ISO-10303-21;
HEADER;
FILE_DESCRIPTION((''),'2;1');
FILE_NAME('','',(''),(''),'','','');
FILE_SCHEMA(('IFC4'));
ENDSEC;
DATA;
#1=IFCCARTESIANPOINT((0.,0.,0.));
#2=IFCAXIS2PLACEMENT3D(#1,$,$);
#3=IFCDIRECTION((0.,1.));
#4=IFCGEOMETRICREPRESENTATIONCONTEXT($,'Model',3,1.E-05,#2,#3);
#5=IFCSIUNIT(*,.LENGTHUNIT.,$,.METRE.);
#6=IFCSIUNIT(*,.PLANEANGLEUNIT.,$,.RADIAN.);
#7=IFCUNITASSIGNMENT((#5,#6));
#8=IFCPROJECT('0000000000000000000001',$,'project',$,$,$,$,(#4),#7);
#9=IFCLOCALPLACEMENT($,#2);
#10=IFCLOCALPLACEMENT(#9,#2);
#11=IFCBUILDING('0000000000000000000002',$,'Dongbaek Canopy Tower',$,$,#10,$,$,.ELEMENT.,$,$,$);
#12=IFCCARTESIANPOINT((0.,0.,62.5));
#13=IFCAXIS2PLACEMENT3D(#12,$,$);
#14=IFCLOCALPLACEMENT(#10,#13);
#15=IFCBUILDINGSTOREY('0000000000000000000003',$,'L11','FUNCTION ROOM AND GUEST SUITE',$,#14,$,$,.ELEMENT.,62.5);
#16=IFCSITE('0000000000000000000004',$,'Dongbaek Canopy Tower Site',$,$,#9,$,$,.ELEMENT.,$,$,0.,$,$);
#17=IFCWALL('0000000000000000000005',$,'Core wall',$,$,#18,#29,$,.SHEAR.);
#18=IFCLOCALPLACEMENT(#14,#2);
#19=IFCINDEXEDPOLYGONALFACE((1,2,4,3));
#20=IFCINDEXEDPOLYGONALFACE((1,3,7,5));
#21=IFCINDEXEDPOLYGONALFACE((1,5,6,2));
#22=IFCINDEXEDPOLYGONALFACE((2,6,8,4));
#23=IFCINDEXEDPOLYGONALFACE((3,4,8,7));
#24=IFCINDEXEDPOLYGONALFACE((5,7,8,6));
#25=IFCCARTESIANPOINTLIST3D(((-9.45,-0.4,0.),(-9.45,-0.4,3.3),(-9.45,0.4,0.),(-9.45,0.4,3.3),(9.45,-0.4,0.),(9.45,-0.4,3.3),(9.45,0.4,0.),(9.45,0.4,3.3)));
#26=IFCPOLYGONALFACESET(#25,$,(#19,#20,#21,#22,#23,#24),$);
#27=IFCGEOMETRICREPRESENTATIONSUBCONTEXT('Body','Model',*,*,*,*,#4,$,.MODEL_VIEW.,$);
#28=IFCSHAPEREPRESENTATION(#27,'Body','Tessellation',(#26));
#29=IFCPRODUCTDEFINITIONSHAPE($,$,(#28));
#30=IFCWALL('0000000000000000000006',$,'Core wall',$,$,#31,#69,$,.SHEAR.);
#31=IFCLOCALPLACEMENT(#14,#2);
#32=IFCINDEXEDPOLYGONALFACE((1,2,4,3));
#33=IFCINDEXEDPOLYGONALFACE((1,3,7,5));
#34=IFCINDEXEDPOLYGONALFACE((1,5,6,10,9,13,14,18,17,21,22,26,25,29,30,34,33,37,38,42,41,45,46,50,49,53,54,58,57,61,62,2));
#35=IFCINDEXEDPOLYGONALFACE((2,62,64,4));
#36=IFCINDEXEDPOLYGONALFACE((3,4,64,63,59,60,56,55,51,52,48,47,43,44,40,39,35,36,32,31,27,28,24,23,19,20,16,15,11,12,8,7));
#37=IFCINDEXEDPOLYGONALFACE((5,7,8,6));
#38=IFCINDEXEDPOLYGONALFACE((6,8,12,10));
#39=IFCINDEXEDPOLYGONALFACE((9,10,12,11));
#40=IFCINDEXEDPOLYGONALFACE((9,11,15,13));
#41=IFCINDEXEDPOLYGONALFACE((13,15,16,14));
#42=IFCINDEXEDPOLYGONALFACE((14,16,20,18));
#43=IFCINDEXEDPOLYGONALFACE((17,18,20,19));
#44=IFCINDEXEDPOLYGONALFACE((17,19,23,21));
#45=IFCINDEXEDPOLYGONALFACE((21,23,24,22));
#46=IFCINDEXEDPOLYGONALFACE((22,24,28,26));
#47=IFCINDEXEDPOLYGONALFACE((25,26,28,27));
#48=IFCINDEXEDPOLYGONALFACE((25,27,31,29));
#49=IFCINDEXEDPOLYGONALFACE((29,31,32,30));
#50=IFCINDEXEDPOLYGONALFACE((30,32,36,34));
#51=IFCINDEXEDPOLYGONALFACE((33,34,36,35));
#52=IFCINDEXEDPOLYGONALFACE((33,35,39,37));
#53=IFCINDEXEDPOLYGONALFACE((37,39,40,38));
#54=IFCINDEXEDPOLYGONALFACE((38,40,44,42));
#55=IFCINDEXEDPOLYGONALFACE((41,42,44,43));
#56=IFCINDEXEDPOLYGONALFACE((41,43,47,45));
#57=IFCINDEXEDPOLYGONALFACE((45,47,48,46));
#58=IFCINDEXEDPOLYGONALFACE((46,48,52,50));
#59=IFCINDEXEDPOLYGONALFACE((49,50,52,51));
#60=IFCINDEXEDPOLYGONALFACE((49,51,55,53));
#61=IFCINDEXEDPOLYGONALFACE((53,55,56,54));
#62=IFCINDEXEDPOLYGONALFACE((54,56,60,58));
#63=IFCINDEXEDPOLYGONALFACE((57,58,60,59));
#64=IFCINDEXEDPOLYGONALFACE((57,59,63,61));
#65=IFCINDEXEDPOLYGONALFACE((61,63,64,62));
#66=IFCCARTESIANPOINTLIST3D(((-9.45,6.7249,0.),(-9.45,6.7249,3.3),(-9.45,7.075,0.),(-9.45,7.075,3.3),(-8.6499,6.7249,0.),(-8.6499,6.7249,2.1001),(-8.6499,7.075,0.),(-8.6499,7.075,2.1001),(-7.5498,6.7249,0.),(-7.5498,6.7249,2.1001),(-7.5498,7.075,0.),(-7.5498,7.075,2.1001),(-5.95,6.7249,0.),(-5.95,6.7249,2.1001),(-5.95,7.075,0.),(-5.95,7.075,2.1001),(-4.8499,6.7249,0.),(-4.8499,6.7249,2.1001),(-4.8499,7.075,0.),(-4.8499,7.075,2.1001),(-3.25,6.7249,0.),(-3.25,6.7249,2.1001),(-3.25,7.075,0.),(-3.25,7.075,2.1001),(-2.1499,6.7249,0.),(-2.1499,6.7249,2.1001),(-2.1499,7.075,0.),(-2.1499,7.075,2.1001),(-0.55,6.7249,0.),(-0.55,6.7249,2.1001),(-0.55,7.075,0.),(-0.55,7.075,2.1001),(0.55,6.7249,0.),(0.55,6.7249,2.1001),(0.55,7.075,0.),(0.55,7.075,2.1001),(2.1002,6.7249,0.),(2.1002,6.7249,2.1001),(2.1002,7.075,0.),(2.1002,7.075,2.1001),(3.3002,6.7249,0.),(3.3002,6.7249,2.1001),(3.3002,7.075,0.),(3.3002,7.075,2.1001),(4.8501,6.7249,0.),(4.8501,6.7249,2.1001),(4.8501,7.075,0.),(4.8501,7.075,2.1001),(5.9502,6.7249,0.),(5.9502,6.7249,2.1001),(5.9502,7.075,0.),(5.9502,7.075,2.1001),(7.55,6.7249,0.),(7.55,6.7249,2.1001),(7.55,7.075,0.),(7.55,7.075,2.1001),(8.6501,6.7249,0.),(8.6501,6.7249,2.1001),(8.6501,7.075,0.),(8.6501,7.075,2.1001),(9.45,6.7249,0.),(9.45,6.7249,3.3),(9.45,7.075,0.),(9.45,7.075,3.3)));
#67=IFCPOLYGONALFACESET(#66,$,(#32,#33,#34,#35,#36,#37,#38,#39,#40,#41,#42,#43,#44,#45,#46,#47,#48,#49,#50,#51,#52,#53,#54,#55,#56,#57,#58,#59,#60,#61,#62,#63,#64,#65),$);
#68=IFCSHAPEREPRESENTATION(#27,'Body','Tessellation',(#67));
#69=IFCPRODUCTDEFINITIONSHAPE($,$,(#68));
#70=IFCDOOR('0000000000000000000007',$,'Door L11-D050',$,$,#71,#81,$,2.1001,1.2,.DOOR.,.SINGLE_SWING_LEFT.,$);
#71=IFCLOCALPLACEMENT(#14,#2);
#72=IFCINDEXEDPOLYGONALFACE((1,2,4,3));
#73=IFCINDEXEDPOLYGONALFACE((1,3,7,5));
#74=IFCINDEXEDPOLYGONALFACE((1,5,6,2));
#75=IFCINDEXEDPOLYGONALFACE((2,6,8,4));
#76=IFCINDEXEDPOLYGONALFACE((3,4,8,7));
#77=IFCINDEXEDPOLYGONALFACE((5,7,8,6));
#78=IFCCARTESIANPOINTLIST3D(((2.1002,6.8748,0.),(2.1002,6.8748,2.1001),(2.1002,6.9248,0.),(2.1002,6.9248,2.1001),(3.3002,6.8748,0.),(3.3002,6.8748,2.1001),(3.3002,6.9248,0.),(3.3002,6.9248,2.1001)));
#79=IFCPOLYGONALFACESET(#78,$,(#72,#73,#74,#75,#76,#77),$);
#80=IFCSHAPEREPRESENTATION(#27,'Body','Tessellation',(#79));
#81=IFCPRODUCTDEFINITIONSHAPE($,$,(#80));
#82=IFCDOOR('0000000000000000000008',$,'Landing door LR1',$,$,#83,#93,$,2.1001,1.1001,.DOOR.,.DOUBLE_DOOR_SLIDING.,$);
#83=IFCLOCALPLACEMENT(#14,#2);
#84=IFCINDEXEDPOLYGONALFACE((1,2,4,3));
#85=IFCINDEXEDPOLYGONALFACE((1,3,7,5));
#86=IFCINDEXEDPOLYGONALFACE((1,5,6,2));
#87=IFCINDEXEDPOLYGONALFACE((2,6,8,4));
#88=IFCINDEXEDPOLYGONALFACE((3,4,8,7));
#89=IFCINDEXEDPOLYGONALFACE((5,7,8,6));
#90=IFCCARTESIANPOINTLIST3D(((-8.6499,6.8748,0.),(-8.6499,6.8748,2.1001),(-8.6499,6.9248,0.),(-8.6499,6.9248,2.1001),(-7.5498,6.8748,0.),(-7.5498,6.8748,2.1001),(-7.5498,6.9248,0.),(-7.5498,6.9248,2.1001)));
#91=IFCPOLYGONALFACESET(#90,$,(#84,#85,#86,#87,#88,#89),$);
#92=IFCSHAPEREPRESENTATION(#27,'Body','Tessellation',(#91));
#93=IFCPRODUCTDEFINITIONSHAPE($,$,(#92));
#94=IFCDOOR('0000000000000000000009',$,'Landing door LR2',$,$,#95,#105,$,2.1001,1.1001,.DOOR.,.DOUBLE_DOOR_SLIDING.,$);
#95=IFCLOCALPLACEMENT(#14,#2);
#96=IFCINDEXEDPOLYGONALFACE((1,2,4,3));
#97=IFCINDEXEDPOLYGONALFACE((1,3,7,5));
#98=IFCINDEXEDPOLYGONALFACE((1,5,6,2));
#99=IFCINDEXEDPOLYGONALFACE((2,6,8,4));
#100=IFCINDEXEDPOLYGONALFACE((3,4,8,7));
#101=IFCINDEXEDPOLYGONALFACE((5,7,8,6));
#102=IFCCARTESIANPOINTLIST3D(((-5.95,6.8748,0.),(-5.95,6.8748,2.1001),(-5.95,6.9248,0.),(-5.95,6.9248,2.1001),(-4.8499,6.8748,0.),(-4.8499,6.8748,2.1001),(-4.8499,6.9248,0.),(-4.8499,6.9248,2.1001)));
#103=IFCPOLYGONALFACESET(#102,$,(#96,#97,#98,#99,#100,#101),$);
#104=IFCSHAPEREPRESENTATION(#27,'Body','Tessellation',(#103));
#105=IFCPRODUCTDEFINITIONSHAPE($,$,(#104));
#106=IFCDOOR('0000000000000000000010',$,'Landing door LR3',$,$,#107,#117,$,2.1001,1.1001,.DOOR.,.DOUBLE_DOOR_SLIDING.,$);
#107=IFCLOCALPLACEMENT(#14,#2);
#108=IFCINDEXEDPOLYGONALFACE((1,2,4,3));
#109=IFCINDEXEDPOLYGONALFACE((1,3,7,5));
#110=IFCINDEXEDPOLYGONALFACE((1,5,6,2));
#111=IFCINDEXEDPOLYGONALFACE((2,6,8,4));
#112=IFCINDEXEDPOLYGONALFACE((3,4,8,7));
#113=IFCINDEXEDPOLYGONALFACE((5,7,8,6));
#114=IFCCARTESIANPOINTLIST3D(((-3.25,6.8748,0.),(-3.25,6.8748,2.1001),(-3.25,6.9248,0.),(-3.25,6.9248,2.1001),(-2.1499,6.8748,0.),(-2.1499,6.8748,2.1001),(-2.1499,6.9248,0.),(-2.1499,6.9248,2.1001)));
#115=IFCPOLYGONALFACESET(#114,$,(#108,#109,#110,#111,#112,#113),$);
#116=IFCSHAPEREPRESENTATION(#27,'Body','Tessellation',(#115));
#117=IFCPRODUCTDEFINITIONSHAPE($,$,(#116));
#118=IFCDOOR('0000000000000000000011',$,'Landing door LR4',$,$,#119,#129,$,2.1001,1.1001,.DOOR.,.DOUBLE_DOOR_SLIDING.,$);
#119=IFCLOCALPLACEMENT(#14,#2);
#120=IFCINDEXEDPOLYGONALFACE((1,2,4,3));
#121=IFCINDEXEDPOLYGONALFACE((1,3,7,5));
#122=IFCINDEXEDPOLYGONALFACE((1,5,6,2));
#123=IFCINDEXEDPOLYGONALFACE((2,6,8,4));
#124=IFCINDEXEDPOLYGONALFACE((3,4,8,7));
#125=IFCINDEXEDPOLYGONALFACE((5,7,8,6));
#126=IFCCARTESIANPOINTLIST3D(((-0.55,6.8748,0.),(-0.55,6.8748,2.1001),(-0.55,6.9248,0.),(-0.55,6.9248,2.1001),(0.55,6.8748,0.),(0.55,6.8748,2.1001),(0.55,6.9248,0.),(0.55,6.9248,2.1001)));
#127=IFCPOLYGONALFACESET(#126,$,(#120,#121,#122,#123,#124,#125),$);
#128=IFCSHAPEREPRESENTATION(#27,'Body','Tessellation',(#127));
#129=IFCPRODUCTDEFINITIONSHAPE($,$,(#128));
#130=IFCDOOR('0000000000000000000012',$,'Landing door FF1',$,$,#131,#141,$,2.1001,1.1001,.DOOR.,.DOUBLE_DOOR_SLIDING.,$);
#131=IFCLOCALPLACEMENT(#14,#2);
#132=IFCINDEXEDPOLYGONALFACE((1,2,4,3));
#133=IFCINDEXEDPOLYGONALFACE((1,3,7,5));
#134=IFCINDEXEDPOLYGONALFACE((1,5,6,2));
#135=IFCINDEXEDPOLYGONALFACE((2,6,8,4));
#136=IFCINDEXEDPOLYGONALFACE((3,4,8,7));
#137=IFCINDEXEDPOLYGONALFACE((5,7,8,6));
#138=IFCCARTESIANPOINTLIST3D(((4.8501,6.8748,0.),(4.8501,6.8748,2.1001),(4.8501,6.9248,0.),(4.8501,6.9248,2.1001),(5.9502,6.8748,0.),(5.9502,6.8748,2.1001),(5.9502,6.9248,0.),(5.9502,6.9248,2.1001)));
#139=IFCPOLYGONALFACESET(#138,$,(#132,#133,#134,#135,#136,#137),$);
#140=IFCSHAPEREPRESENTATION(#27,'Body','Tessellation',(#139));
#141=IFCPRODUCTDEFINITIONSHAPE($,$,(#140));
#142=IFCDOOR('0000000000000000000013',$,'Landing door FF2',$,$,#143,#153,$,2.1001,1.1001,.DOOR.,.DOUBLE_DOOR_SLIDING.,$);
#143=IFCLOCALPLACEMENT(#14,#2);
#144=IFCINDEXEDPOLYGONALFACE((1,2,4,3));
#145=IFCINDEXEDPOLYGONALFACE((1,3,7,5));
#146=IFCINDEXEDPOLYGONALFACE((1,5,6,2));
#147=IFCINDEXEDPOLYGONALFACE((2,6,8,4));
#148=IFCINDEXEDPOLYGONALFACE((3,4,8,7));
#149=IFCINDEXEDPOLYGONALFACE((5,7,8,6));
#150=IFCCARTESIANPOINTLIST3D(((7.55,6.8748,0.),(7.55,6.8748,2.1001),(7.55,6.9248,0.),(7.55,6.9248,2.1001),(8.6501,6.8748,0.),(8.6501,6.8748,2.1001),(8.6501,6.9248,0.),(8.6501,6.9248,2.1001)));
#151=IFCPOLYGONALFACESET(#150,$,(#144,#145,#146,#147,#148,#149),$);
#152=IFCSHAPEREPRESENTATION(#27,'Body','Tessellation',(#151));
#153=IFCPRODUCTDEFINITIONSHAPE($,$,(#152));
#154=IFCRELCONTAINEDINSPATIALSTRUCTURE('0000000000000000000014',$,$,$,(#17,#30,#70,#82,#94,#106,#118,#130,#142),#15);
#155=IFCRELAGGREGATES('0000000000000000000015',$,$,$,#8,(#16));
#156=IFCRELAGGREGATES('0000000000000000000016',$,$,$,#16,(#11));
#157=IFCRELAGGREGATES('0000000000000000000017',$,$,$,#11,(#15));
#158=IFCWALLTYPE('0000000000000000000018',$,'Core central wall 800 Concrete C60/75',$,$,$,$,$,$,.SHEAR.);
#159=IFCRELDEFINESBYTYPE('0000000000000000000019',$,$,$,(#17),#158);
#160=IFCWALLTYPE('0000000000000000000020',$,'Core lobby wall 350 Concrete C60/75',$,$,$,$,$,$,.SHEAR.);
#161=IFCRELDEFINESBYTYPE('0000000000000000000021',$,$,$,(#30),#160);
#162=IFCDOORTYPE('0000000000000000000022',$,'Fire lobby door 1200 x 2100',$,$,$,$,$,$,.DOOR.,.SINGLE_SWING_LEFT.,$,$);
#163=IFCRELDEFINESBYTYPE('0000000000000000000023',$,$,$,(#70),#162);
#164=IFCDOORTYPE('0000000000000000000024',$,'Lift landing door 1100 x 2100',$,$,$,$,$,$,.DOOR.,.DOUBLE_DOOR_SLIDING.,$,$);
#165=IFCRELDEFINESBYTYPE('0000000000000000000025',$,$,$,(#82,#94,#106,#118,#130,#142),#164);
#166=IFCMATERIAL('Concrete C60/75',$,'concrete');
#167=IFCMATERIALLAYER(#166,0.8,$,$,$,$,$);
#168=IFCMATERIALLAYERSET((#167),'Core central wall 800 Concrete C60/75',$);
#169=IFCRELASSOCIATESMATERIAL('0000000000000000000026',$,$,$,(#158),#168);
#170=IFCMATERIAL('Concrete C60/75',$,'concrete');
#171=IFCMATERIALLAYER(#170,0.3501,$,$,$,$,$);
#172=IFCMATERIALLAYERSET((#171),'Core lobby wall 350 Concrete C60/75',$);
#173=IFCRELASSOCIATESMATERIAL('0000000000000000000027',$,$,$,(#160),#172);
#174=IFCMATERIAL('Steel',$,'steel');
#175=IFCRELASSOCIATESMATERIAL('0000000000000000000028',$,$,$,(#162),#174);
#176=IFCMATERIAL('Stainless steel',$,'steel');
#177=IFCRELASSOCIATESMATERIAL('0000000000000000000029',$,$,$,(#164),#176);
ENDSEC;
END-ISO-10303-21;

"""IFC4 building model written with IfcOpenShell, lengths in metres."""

from ifc_helpers import new_model, si_unit, direction, frame, frame_2d, origin, place, context, subcontext, project, spatial, rectangle, extrude, material, layer, layer_set, type_object, element, fill, save


model = new_model("IFC4")

# Units and contexts
model_context = context("Model", 3, precision=1e-05, world=origin(), true_north=direction((0.0, 1.0)))
body_context = subcontext(model_context, "Body", "Model", "MODEL_VIEW")
ifc_project = project(units=[si_unit("LENGTHUNIT", "METRE"), si_unit("PLANEANGLEUNIT", "RADIAN")], contexts=[model_context])

# Site, building, storey
site_placement = place(None, origin())
site = spatial("IfcSite", under=ifc_project, at=site_placement, Name="Dongbaek Canopy Tower Site", CompositionType="ELEMENT", RefElevation=0.0)
building_placement = place(site_placement, origin())
building = spatial("IfcBuilding", under=site, at=building_placement, Name="Dongbaek Canopy Tower", CompositionType="ELEMENT")
storey_placement = place(building_placement, frame((0.0, 0.0, 62.5)))
storey = spatial("IfcBuildingStorey", under=building, at=storey_placement, Name="L11", Description="FUNCTION ROOM AND GUEST SUITE", CompositionType="ELEMENT", Elevation=62.5)

# Wall
ifc_material_1 = material(Name="Concrete C60/75", Category="concrete")
ifc_layer_1 = layer(ifc_material_1, 0.8)
ifc_layer_set_1 = layer_set([ifc_layer_1], Name="Core central wall 800 Concrete C60/75")
wall_type_1 = type_object("IfcWallType", Name="Core central wall 800 Concrete C60/75", PredefinedType="SHEAR", material=ifc_layer_set_1)
wall_1_placement = place(storey_placement, frame((-9.45, 0.0, 0.0), z_axis=(0.0, 0.0, 1.0), x_axis=(1.0, 0.0, 0.0)))
element("IfcWall", 1, at=wall_1_placement, inside=storey, type_object=wall_type_1, Name="Core wall", PredefinedType="SHEAR", context=body_context, shape_type="SweptSolid", body=[
    extrude(rectangle(XDim=18.8999, YDim=0.8, at=frame_2d((9.45, 0.0))), origin(), (0.0, 0.0, 1.0), 3.3),
])

# Wall, openings, doors
ifc_material_2 = material(Name="Concrete C60/75", Category="concrete")
ifc_layer_2 = layer(ifc_material_2, 0.3501)
ifc_layer_set_2 = layer_set([ifc_layer_2], Name="Core lobby wall 350 Concrete C60/75")
wall_type_2 = type_object("IfcWallType", Name="Core lobby wall 350 Concrete C60/75", PredefinedType="SHEAR", material=ifc_layer_set_2)
wall_2_placement = place(storey_placement, frame((-9.45, 6.8999, 0.0), z_axis=(0.0, 0.0, 1.0), x_axis=(1.0, 0.0, 0.0)))
wall_2 = element("IfcWall", 2, at=wall_2_placement, inside=storey, type_object=wall_type_2, Name="Core wall", PredefinedType="SHEAR", context=body_context, shape_type="SweptSolid", body=[
    extrude(rectangle(XDim=18.8999, YDim=0.3501, at=frame_2d((9.45, 0.0))), origin(), (0.0, 0.0, 1.0), 3.3),
])
opening_1_placement = place(wall_2_placement, frame((0.8, 0.0, 0.0)))
opening_1 = element("IfcOpeningElement", 3, at=opening_1_placement, cuts=wall_2, PredefinedType="OPENING", context=body_context, shape_type="SweptSolid", body=[
    extrude(rectangle(XDim=1.1001, YDim=2.1001, at=frame_2d((0.55, 1.05))), frame((0.0, 0.1851, 0.0), z_axis=(0.0, -1.0, 0.0), x_axis=(1.0, 0.0, 0.0)), (0.0, 0.0, 1.0), 0.3701),
])
opening_2_placement = place(wall_2_placement, frame((3.5, 0.0, 0.0)))
opening_2 = element("IfcOpeningElement", 4, at=opening_2_placement, cuts=wall_2, PredefinedType="OPENING", context=body_context, shape_type="SweptSolid", body=[
    extrude(rectangle(XDim=1.1001, YDim=2.1001, at=frame_2d((0.55, 1.05))), frame((0.0, 0.1851, 0.0), z_axis=(0.0, -1.0, 0.0), x_axis=(1.0, 0.0, 0.0)), (0.0, 0.0, 1.0), 0.3701),
])
opening_3_placement = place(wall_2_placement, frame((6.2, 0.0, 0.0)))
opening_3 = element("IfcOpeningElement", 5, at=opening_3_placement, cuts=wall_2, PredefinedType="OPENING", context=body_context, shape_type="SweptSolid", body=[
    extrude(rectangle(XDim=1.1001, YDim=2.1001, at=frame_2d((0.55, 1.05))), frame((0.0, 0.1851, 0.0), z_axis=(0.0, -1.0, 0.0), x_axis=(1.0, 0.0, 0.0)), (0.0, 0.0, 1.0), 0.3701),
])
opening_4_placement = place(wall_2_placement, frame((8.8999, 0.0, 0.0)))
opening_4 = element("IfcOpeningElement", 6, at=opening_4_placement, cuts=wall_2, PredefinedType="OPENING", context=body_context, shape_type="SweptSolid", body=[
    extrude(rectangle(XDim=1.1001, YDim=2.1001, at=frame_2d((0.55, 1.05))), frame((0.0, 0.1851, 0.0), z_axis=(0.0, -1.0, 0.0), x_axis=(1.0, 0.0, 0.0)), (0.0, 0.0, 1.0), 0.3701),
])
opening_5_placement = place(wall_2_placement, frame((11.55, 0.0, 0.0)))
opening_5 = element("IfcOpeningElement", 7, at=opening_5_placement, cuts=wall_2, PredefinedType="OPENING", context=body_context, shape_type="SweptSolid", body=[
    extrude(rectangle(XDim=1.2, YDim=2.1001, at=frame_2d((0.6001, 1.05))), frame((0.0, 0.1851, 0.0), z_axis=(0.0, -1.0, 0.0), x_axis=(1.0, 0.0, 0.0)), (0.0, 0.0, 1.0), 0.3701),
])
opening_6_placement = place(wall_2_placement, frame((14.3, 0.0, 0.0)))
opening_6 = element("IfcOpeningElement", 8, at=opening_6_placement, cuts=wall_2, PredefinedType="OPENING", context=body_context, shape_type="SweptSolid", body=[
    extrude(rectangle(XDim=1.1001, YDim=2.1001, at=frame_2d((0.55, 1.05))), frame((0.0, 0.1851, 0.0), z_axis=(0.0, -1.0, 0.0), x_axis=(1.0, 0.0, 0.0)), (0.0, 0.0, 1.0), 0.3701),
])
opening_7_placement = place(wall_2_placement, frame((17.0, 0.0, 0.0)))
opening_7 = element("IfcOpeningElement", 9, at=opening_7_placement, cuts=wall_2, PredefinedType="OPENING", context=body_context, shape_type="SweptSolid", body=[
    extrude(rectangle(XDim=1.1001, YDim=2.1001, at=frame_2d((0.55, 1.05))), frame((0.0, 0.1851, 0.0), z_axis=(0.0, -1.0, 0.0), x_axis=(1.0, 0.0, 0.0)), (0.0, 0.0, 1.0), 0.3701),
])
ifc_material_3 = material(Name="Steel", Category="steel")
door_type_1 = type_object("IfcDoorType", Name="Fire lobby door 1200 x 2100", OperationType="SINGLE_SWING_LEFT", PredefinedType="DOOR", material=ifc_material_3)
door_1_placement = place(opening_5_placement, origin())
door_1 = element("IfcDoor", 10, at=door_1_placement, inside=storey, type_object=door_type_1, Name="Door L11-D050", OperationType="SINGLE_SWING_LEFT", OverallHeight=2.1001, OverallWidth=1.2, PredefinedType="DOOR", context=body_context, shape_type="SweptSolid", body=[
    extrude(rectangle(XDim=1.2, YDim=2.1001, at=frame_2d((0.6001, 1.05))), frame((0.0, 0.0249, 0.0), z_axis=(0.0, -1.0, 0.0), x_axis=(1.0, 0.0, 0.0)), (0.0, 0.0, 1.0), 0.05),
])
fill(opening_5, door_1)
ifc_material_4 = material(Name="Stainless steel", Category="steel")
door_type_2 = type_object("IfcDoorType", Name="Lift landing door 1100 x 2100", OperationType="DOUBLE_DOOR_SLIDING", PredefinedType="DOOR", material=ifc_material_4)
door_2_placement = place(opening_1_placement, origin())
door_2 = element("IfcDoor", 11, at=door_2_placement, inside=storey, type_object=door_type_2, Name="Landing door LR1", OperationType="DOUBLE_DOOR_SLIDING", OverallHeight=2.1001, OverallWidth=1.1001, PredefinedType="DOOR", context=body_context, shape_type="SweptSolid", body=[
    extrude(rectangle(XDim=1.1001, YDim=2.1001, at=frame_2d((0.55, 1.05))), frame((0.0, 0.0249, 0.0), z_axis=(0.0, -1.0, 0.0), x_axis=(1.0, 0.0, 0.0)), (0.0, 0.0, 1.0), 0.05),
])
fill(opening_1, door_2)
door_3_placement = place(opening_2_placement, origin())
door_3 = element("IfcDoor", 12, at=door_3_placement, inside=storey, type_object=door_type_2, Name="Landing door LR2", OperationType="DOUBLE_DOOR_SLIDING", OverallHeight=2.1001, OverallWidth=1.1001, PredefinedType="DOOR", context=body_context, shape_type="SweptSolid", body=[
    extrude(rectangle(XDim=1.1001, YDim=2.1001, at=frame_2d((0.55, 1.05))), frame((0.0, 0.0249, 0.0), z_axis=(0.0, -1.0, 0.0), x_axis=(1.0, 0.0, 0.0)), (0.0, 0.0, 1.0), 0.05),
])
fill(opening_2, door_3)
door_4_placement = place(opening_3_placement, origin())
door_4 = element("IfcDoor", 13, at=door_4_placement, inside=storey, type_object=door_type_2, Name="Landing door LR3", OperationType="DOUBLE_DOOR_SLIDING", OverallHeight=2.1001, OverallWidth=1.1001, PredefinedType="DOOR", context=body_context, shape_type="SweptSolid", body=[
    extrude(rectangle(XDim=1.1001, YDim=2.1001, at=frame_2d((0.55, 1.05))), frame((0.0, 0.0249, 0.0), z_axis=(0.0, -1.0, 0.0), x_axis=(1.0, 0.0, 0.0)), (0.0, 0.0, 1.0), 0.05),
])
fill(opening_3, door_4)
door_5_placement = place(opening_4_placement, origin())
door_5 = element("IfcDoor", 14, at=door_5_placement, inside=storey, type_object=door_type_2, Name="Landing door LR4", OperationType="DOUBLE_DOOR_SLIDING", OverallHeight=2.1001, OverallWidth=1.1001, PredefinedType="DOOR", context=body_context, shape_type="SweptSolid", body=[
    extrude(rectangle(XDim=1.1001, YDim=2.1001, at=frame_2d((0.55, 1.05))), frame((0.0, 0.0249, 0.0), z_axis=(0.0, -1.0, 0.0), x_axis=(1.0, 0.0, 0.0)), (0.0, 0.0, 1.0), 0.05),
])
fill(opening_4, door_5)
door_6_placement = place(opening_6_placement, origin())
door_6 = element("IfcDoor", 15, at=door_6_placement, inside=storey, type_object=door_type_2, Name="Landing door FF1", OperationType="DOUBLE_DOOR_SLIDING", OverallHeight=2.1001, OverallWidth=1.1001, PredefinedType="DOOR", context=body_context, shape_type="SweptSolid", body=[
    extrude(rectangle(XDim=1.1001, YDim=2.1001, at=frame_2d((0.55, 1.05))), frame((0.0, 0.0249, 0.0), z_axis=(0.0, -1.0, 0.0), x_axis=(1.0, 0.0, 0.0)), (0.0, 0.0, 1.0), 0.05),
])
fill(opening_6, door_6)
door_7_placement = place(opening_7_placement, origin())
door_7 = element("IfcDoor", 16, at=door_7_placement, inside=storey, type_object=door_type_2, Name="Landing door FF2", OperationType="DOUBLE_DOOR_SLIDING", OverallHeight=2.1001, OverallWidth=1.1001, PredefinedType="DOOR", context=body_context, shape_type="SweptSolid", body=[
    extrude(rectangle(XDim=1.1001, YDim=2.1001, at=frame_2d((0.55, 1.05))), frame((0.0, 0.0249, 0.0), z_axis=(0.0, -1.0, 0.0), x_axis=(1.0, 0.0, 0.0)), (0.0, 0.0, 1.0), 0.05),
])
fill(opening_7, door_7)

save(model, "model.ifc")
